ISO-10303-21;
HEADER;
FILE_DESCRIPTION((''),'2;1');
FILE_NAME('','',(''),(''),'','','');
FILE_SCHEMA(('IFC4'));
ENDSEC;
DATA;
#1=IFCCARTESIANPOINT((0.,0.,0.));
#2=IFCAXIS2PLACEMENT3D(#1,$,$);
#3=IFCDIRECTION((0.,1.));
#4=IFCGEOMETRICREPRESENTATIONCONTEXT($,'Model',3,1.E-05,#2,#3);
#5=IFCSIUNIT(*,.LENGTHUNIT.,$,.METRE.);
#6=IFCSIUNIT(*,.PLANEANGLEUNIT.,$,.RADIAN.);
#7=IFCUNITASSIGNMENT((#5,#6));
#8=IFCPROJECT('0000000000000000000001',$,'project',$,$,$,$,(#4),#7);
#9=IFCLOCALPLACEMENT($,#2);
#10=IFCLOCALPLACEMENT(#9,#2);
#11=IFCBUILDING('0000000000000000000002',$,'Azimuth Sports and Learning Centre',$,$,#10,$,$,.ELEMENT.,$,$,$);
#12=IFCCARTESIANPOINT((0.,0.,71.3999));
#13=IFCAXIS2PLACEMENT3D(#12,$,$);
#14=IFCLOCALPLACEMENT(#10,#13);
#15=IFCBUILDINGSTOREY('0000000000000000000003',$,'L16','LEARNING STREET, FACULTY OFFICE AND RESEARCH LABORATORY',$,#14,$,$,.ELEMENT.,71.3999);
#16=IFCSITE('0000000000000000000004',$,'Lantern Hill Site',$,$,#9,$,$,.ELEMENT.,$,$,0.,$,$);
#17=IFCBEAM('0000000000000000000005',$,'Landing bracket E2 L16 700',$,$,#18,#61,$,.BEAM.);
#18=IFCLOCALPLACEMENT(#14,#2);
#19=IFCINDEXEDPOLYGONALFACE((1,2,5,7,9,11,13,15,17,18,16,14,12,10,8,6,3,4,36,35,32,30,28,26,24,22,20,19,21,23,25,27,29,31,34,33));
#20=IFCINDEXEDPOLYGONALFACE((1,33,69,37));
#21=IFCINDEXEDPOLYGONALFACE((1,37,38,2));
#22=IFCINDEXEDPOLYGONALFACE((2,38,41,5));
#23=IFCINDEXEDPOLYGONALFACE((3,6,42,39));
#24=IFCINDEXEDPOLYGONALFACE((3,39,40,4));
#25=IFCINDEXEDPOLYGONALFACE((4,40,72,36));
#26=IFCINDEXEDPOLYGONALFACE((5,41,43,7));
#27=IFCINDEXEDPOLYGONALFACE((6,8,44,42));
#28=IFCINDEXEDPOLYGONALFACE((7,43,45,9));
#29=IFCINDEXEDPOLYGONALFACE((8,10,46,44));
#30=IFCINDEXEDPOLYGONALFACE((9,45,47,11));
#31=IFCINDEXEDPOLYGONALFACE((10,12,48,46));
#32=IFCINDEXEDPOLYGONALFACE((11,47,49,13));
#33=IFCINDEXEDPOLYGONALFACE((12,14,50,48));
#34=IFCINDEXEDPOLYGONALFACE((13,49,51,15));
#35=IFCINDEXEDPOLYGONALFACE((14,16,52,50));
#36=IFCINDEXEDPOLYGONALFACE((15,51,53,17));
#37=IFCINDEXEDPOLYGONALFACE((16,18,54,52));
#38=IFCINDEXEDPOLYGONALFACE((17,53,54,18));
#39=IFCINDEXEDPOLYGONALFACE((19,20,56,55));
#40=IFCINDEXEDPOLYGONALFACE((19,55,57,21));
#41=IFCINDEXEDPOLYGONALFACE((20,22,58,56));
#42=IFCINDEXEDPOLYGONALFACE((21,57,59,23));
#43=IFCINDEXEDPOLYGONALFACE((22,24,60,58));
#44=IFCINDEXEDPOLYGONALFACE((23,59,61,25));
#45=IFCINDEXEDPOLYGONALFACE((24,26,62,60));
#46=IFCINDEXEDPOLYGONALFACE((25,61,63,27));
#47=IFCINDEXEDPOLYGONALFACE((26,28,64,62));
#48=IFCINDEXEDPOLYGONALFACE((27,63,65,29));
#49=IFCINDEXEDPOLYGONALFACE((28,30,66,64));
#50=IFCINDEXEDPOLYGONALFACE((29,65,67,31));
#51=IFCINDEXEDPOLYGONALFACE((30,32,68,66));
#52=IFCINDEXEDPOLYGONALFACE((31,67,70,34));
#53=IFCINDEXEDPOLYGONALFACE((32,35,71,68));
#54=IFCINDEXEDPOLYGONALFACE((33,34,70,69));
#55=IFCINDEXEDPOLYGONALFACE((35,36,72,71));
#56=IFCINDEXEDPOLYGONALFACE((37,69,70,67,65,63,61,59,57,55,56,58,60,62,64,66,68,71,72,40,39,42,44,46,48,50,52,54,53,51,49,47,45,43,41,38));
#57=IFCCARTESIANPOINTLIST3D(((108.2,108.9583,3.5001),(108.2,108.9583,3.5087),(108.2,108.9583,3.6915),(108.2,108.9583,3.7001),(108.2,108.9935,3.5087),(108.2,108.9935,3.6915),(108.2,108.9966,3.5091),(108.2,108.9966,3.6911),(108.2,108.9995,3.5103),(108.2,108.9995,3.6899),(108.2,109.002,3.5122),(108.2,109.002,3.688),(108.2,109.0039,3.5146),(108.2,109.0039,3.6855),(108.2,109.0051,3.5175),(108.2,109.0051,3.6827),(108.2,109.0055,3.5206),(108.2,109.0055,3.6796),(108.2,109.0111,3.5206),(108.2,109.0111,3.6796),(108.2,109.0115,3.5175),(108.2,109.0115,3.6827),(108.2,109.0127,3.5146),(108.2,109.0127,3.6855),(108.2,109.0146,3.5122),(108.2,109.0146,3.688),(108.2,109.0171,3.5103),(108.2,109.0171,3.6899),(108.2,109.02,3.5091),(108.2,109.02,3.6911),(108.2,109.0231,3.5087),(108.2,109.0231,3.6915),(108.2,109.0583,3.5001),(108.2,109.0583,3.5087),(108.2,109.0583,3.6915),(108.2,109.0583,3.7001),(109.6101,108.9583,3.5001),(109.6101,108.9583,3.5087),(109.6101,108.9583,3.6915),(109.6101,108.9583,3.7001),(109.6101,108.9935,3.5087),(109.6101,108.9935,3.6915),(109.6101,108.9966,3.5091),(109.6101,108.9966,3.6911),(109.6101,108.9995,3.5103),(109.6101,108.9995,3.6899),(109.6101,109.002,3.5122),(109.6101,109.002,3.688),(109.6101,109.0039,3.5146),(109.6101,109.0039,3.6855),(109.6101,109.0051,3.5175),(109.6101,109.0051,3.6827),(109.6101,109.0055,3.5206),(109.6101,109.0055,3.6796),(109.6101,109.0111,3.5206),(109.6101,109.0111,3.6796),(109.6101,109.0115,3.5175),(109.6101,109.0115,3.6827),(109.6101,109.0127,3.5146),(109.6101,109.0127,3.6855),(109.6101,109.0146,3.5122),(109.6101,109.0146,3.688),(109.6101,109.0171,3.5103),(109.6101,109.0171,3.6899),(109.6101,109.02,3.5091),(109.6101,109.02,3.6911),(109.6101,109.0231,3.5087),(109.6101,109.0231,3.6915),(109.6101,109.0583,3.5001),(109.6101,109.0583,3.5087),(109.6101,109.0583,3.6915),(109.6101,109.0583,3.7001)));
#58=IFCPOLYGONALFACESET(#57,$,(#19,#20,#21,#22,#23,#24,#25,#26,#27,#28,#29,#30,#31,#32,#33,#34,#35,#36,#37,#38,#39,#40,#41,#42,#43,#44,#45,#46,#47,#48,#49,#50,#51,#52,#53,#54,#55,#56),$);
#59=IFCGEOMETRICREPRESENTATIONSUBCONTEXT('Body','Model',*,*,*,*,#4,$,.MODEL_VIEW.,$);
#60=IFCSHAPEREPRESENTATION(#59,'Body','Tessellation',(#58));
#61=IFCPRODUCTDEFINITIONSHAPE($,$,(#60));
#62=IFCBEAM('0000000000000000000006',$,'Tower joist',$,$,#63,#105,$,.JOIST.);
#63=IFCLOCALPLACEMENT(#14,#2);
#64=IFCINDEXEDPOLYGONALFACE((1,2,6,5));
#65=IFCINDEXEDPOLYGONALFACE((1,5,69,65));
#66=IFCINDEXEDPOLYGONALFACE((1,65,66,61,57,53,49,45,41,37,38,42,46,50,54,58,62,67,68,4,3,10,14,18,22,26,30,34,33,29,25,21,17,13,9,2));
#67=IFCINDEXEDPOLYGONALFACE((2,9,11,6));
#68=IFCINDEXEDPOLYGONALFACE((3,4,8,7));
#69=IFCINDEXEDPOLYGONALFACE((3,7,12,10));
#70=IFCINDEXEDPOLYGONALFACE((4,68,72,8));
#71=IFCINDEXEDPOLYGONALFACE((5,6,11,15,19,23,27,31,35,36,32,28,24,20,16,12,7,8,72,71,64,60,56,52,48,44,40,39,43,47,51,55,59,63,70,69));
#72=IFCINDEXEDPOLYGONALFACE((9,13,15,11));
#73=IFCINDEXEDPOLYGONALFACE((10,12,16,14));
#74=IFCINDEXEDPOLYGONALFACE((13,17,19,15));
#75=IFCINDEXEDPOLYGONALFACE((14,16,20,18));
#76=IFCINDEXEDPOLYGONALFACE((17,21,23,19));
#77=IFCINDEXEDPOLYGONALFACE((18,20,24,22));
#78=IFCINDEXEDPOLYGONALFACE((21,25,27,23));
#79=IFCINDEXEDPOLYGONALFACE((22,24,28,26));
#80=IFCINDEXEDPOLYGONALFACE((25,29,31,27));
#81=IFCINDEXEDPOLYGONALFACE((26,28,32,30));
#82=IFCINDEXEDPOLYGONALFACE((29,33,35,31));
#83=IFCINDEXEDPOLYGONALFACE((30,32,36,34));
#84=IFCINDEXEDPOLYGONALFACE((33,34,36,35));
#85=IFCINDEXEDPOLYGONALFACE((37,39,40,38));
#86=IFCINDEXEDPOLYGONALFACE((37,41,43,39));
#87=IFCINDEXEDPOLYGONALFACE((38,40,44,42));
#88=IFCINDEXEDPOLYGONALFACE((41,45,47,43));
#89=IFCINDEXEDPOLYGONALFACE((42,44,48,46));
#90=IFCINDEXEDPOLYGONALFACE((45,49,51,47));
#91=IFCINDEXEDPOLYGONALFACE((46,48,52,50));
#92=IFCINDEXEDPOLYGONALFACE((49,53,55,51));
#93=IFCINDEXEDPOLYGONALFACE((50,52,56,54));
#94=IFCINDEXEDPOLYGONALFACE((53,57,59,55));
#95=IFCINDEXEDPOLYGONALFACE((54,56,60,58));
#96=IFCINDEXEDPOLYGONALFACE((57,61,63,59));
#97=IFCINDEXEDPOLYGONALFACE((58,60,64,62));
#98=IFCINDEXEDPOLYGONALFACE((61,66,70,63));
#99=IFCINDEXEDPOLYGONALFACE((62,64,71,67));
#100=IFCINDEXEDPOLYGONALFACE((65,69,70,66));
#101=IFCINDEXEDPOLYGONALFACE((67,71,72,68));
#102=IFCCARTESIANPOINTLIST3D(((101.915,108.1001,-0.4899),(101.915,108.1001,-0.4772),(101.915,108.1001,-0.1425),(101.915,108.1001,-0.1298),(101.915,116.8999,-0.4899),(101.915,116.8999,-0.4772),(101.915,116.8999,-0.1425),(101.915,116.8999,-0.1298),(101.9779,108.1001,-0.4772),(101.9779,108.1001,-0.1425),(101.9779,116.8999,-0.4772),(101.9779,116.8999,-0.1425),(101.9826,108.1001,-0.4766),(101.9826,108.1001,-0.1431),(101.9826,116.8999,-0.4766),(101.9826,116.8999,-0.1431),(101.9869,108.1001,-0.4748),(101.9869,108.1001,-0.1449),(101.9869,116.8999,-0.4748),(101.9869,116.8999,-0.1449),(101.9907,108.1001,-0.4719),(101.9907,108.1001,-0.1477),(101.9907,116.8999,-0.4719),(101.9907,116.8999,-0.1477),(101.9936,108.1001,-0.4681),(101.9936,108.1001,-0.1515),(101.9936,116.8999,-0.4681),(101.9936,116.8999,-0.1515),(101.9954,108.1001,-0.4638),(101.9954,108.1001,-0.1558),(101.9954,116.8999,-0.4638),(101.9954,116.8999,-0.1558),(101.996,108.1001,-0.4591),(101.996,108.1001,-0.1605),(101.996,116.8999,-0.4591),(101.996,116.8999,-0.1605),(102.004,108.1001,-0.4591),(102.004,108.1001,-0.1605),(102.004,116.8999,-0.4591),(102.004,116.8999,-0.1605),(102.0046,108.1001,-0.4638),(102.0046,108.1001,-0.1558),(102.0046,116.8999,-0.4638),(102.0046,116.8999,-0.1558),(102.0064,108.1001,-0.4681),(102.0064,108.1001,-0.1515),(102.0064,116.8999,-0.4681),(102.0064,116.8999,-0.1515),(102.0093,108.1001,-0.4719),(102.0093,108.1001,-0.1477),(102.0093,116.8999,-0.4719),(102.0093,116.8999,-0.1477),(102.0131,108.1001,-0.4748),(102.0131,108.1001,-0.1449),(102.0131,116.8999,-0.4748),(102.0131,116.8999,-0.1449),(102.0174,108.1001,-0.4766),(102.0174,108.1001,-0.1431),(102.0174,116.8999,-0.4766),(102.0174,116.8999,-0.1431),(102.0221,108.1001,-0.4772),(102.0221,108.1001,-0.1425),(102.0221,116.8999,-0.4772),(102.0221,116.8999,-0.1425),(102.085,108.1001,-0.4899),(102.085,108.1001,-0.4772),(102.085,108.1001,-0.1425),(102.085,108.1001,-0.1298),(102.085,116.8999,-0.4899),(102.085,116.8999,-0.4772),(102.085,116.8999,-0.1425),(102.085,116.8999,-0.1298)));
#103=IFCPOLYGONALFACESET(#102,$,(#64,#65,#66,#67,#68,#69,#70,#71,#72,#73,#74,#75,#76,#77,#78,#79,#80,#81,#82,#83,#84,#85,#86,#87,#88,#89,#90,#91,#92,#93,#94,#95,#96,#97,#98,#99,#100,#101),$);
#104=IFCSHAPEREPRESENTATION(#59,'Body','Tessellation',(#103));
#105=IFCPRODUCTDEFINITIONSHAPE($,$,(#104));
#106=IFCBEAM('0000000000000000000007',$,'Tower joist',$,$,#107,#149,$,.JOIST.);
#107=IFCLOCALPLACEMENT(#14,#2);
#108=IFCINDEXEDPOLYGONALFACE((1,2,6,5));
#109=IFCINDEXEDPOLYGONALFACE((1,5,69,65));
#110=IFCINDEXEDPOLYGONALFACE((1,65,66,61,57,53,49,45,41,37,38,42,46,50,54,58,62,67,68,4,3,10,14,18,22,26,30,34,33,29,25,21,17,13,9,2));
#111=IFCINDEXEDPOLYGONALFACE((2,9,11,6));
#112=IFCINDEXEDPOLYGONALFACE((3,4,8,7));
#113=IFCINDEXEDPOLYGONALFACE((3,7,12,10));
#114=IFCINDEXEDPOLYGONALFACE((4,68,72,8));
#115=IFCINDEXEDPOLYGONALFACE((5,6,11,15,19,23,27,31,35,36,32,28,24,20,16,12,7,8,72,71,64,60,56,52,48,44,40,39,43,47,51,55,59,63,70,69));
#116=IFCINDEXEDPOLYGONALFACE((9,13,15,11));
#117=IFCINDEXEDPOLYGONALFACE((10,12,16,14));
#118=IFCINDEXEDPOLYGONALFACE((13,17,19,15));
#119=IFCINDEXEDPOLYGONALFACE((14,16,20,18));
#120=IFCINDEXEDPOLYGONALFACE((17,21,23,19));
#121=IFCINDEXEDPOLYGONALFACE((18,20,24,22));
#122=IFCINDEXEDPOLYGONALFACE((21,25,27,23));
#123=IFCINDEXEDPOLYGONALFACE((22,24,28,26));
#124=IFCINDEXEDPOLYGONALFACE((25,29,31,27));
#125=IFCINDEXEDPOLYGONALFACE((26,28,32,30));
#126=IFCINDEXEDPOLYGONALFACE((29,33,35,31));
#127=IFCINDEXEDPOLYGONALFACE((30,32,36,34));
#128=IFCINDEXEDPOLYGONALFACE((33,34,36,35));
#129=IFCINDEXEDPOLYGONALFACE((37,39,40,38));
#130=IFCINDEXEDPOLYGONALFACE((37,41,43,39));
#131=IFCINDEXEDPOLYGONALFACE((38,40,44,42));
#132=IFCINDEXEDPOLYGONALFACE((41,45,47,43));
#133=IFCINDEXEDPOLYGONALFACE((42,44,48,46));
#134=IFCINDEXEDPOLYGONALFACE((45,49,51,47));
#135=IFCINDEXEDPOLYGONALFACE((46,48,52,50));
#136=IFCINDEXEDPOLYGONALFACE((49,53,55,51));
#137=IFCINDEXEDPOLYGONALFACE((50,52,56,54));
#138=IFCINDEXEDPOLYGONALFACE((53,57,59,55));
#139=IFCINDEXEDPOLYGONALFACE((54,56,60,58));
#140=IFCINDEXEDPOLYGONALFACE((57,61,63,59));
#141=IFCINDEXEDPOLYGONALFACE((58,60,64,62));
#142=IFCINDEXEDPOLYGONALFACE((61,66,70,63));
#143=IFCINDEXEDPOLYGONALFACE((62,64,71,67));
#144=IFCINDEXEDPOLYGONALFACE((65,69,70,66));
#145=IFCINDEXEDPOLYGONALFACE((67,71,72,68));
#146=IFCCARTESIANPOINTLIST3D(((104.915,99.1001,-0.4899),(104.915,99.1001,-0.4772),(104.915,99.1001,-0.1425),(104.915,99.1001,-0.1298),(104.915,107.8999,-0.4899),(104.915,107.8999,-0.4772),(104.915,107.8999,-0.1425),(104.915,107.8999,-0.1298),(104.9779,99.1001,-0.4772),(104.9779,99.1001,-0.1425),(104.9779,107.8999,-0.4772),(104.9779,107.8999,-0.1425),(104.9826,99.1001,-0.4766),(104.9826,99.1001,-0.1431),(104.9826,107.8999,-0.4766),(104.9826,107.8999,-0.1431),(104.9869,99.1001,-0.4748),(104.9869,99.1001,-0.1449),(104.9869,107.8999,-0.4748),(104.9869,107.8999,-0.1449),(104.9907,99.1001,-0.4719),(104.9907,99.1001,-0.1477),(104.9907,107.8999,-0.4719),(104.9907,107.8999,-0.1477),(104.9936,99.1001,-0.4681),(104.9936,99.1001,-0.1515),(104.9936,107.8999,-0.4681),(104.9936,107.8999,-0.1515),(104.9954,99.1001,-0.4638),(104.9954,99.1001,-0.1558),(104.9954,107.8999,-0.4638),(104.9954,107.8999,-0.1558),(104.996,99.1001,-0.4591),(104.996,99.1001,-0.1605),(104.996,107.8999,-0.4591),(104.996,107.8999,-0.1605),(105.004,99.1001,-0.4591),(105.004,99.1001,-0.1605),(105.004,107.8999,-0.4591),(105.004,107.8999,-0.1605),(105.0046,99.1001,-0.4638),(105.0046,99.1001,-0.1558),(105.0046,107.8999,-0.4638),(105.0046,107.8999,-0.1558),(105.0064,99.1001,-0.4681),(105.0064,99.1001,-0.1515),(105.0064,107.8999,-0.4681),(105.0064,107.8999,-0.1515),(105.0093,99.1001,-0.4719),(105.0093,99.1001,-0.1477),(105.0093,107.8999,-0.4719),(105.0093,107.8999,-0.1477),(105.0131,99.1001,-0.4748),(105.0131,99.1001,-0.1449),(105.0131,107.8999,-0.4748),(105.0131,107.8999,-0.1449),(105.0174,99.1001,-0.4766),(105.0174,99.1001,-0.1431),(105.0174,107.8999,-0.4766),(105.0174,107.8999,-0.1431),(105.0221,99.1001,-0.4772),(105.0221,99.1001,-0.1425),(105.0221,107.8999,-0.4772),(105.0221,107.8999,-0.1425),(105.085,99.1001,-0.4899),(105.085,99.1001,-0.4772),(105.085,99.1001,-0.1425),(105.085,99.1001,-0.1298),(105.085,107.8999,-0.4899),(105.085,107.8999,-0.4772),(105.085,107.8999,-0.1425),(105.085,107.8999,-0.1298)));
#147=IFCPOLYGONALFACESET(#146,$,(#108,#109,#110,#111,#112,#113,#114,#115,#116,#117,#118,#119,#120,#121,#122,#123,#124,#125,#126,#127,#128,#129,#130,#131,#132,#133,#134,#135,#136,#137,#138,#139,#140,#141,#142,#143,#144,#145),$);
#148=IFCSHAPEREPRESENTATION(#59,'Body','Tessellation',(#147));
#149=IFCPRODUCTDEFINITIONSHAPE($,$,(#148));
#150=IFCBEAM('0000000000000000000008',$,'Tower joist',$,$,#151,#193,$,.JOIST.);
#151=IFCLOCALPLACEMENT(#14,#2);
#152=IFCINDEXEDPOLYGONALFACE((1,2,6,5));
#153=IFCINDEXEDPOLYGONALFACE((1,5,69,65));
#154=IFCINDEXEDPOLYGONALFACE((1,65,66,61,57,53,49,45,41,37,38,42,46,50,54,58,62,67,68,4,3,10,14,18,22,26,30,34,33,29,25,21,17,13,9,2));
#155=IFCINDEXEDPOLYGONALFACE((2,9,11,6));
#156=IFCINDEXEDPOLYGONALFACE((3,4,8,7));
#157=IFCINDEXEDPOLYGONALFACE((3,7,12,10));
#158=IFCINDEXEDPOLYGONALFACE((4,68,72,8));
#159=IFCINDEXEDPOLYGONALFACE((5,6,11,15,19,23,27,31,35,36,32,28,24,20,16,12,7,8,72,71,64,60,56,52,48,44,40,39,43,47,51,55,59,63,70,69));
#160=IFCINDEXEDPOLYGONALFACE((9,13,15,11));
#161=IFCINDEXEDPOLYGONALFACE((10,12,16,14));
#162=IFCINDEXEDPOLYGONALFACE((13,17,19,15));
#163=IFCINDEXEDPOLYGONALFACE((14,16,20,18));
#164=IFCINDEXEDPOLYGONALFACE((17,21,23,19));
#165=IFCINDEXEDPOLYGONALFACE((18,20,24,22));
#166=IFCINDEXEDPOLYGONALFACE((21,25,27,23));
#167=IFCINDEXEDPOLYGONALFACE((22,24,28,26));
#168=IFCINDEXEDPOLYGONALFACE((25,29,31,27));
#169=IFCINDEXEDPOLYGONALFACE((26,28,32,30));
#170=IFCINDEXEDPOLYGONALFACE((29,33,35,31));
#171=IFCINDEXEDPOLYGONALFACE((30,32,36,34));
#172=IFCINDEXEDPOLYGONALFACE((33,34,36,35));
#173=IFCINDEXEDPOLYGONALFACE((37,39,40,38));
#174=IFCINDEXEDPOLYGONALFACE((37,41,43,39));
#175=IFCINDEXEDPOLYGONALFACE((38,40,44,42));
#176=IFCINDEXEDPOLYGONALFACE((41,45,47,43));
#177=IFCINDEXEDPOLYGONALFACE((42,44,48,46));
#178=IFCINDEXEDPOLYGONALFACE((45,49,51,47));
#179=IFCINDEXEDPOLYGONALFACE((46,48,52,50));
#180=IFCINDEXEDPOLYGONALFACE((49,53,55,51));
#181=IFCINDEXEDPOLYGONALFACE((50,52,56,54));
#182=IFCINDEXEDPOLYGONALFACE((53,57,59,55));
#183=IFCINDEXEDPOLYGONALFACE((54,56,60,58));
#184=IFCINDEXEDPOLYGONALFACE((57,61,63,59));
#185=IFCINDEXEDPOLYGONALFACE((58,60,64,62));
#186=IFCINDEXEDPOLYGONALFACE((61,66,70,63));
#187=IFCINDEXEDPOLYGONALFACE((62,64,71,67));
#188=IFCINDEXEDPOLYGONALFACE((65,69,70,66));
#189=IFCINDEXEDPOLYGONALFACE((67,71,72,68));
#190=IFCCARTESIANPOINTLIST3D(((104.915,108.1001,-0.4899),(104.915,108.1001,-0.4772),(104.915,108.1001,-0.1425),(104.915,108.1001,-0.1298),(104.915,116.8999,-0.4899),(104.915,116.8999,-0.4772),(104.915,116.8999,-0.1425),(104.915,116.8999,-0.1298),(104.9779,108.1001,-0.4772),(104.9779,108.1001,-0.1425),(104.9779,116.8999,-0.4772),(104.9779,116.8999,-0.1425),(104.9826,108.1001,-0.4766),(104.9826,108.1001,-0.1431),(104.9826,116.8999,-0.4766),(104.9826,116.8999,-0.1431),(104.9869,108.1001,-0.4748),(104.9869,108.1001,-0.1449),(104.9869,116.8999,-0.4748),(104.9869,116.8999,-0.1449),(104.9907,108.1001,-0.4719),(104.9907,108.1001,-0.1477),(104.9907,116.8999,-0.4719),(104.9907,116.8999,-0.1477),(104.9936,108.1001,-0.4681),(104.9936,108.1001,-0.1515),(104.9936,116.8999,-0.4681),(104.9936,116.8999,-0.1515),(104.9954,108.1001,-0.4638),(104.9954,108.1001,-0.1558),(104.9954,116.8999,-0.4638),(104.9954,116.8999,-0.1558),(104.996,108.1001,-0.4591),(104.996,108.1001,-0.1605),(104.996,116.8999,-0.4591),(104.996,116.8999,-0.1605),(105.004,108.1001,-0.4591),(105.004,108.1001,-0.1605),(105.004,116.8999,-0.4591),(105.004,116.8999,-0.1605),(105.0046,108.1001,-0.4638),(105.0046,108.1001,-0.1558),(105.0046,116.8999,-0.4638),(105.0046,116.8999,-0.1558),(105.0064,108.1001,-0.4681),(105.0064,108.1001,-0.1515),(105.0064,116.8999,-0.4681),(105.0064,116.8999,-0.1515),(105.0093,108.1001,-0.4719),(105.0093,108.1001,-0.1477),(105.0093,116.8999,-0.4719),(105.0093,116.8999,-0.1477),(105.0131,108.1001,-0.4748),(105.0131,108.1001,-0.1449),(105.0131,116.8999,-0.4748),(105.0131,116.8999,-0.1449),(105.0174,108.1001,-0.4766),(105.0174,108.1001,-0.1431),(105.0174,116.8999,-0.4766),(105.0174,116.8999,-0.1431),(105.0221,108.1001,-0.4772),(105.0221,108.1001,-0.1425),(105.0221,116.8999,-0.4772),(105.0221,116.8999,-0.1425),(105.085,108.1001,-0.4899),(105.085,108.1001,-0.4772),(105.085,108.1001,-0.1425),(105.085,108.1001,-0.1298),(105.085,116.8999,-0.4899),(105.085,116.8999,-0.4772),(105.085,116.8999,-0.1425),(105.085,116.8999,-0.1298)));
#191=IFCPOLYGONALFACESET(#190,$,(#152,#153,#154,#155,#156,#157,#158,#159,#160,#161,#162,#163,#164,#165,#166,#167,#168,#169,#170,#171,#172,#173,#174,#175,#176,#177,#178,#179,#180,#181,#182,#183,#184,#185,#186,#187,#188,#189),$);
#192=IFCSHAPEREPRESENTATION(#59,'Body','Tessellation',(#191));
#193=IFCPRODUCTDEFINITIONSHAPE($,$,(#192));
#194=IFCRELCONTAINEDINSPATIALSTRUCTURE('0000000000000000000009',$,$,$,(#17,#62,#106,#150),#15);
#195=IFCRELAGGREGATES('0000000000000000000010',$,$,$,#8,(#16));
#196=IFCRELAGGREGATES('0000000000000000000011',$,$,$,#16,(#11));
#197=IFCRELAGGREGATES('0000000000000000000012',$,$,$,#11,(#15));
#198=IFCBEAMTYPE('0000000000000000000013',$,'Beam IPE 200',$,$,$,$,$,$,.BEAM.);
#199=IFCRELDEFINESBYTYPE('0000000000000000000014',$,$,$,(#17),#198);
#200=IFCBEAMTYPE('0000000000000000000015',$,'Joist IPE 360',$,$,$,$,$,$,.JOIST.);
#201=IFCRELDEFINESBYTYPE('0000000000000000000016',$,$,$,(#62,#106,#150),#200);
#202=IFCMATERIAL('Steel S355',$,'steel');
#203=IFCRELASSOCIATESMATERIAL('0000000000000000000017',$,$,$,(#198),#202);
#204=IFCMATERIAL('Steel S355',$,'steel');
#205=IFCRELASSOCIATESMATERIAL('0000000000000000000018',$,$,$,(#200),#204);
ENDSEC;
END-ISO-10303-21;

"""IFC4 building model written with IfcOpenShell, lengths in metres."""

from ifc_helpers import new_model, si_unit, direction, frame, origin, origin_2d, place, context, subcontext, project, spatial, i_section, extrude, material, material_profile, profile_set, type_object, element, save


model = new_model("IFC4")

# Units and contexts
model_context = context("Model", 3, precision=1e-05, world=origin(), true_north=direction((0.0, 1.0)))
body_context = subcontext(model_context, "Body", "Model", "MODEL_VIEW")
ifc_project = project(units=[si_unit("LENGTHUNIT", "METRE"), si_unit("PLANEANGLEUNIT", "RADIAN")], contexts=[model_context])

# Site, building, storey
site_placement = place(None, origin())
site = spatial("IfcSite", under=ifc_project, at=site_placement, Name="Lantern Hill Site", CompositionType="ELEMENT", RefElevation=0.0)
building_placement = place(site_placement, origin())
building = spatial("IfcBuilding", under=site, at=building_placement, Name="Azimuth Sports and Learning Centre", CompositionType="ELEMENT")
storey_placement = place(building_placement, frame((0.0, 0.0, 71.3999)))
storey = spatial("IfcBuildingStorey", under=building, at=storey_placement, Name="L16", Description="LEARNING STREET, FACULTY OFFICE AND RESEARCH LABORATORY", CompositionType="ELEMENT", Elevation=71.3999)

# Beams
ifc_material_1 = material(Name="Steel S355", Category="steel")
ifc_material_profile_1 = material_profile(ifc_material_1, i_section(OverallWidth=0.1001, OverallDepth=0.2, WebThickness=0.0056, FlangeThickness=0.0085, FilletRadius=0.012, at=origin_2d()), Name="IPE 200")
ifc_profile_set_1 = profile_set([ifc_material_profile_1], Name="Steel S355")
beam_type_1 = type_object("IfcBeamType", Name="Beam IPE 200", PredefinedType="BEAM", material=ifc_profile_set_1)
beam_placement = place(storey_placement, frame((108.2, 109.0083, 3.6001), z_axis=(1.0, 0.0, 0.0), x_axis=(0.0, 1.0, 0.0)))
element("IfcBeam", 1, at=beam_placement, inside=storey, type_object=beam_type_1, Name="Landing bracket E2 L16 700", PredefinedType="BEAM", context=body_context, shape_type="SweptSolid", body=[
    extrude(i_section(OverallWidth=0.1001, OverallDepth=0.2, WebThickness=0.0056, FlangeThickness=0.0085, FilletRadius=0.012, at=origin_2d()), origin(), (0.0, 0.0, 1.0), 1.4102),
])
ifc_material_2 = material(Name="Steel S355", Category="steel")
ifc_material_profile_2 = material_profile(ifc_material_2, i_section(OverallWidth=0.1699, OverallDepth=0.3601, WebThickness=0.0081, FlangeThickness=0.0127, FilletRadius=0.0181, at=origin_2d()), Name="IPE 360")
ifc_profile_set_2 = profile_set([ifc_material_profile_2], Name="Steel S355")
beam_type_2 = type_object("IfcBeamType", Name="Joist IPE 360", PredefinedType="JOIST", material=ifc_profile_set_2)
for number, where, z_axis, x_axis, name in (
    (2, (102.0, 108.1001, -0.3098), (0.0, 1.0, 0.0), (-1.0, 0.0, 0.0), "Tower joist"),
    (3, (105.0, 99.1001, -0.3098), (0.0, 1.0, 0.0), (-1.0, 0.0, 0.0), "Tower joist"),
    (4, (105.0, 108.1001, -0.3098), (0.0, 1.0, 0.0), (-1.0, 0.0, 0.0), "Tower joist"),
):
    element("IfcBeam", number, at=place(storey_placement, frame(where, z_axis=z_axis, x_axis=x_axis)), inside=storey, type_object=beam_type_2, Name=name, PredefinedType="JOIST", context=body_context, shape_type="SweptSolid", body=[
        extrude(i_section(OverallWidth=0.1699, OverallDepth=0.3601, WebThickness=0.0081, FlangeThickness=0.0127, FilletRadius=0.0181, at=origin_2d()), origin(), (0.0, 0.0, 1.0), 8.7998),
    ])

save(model, "model.ifc")
